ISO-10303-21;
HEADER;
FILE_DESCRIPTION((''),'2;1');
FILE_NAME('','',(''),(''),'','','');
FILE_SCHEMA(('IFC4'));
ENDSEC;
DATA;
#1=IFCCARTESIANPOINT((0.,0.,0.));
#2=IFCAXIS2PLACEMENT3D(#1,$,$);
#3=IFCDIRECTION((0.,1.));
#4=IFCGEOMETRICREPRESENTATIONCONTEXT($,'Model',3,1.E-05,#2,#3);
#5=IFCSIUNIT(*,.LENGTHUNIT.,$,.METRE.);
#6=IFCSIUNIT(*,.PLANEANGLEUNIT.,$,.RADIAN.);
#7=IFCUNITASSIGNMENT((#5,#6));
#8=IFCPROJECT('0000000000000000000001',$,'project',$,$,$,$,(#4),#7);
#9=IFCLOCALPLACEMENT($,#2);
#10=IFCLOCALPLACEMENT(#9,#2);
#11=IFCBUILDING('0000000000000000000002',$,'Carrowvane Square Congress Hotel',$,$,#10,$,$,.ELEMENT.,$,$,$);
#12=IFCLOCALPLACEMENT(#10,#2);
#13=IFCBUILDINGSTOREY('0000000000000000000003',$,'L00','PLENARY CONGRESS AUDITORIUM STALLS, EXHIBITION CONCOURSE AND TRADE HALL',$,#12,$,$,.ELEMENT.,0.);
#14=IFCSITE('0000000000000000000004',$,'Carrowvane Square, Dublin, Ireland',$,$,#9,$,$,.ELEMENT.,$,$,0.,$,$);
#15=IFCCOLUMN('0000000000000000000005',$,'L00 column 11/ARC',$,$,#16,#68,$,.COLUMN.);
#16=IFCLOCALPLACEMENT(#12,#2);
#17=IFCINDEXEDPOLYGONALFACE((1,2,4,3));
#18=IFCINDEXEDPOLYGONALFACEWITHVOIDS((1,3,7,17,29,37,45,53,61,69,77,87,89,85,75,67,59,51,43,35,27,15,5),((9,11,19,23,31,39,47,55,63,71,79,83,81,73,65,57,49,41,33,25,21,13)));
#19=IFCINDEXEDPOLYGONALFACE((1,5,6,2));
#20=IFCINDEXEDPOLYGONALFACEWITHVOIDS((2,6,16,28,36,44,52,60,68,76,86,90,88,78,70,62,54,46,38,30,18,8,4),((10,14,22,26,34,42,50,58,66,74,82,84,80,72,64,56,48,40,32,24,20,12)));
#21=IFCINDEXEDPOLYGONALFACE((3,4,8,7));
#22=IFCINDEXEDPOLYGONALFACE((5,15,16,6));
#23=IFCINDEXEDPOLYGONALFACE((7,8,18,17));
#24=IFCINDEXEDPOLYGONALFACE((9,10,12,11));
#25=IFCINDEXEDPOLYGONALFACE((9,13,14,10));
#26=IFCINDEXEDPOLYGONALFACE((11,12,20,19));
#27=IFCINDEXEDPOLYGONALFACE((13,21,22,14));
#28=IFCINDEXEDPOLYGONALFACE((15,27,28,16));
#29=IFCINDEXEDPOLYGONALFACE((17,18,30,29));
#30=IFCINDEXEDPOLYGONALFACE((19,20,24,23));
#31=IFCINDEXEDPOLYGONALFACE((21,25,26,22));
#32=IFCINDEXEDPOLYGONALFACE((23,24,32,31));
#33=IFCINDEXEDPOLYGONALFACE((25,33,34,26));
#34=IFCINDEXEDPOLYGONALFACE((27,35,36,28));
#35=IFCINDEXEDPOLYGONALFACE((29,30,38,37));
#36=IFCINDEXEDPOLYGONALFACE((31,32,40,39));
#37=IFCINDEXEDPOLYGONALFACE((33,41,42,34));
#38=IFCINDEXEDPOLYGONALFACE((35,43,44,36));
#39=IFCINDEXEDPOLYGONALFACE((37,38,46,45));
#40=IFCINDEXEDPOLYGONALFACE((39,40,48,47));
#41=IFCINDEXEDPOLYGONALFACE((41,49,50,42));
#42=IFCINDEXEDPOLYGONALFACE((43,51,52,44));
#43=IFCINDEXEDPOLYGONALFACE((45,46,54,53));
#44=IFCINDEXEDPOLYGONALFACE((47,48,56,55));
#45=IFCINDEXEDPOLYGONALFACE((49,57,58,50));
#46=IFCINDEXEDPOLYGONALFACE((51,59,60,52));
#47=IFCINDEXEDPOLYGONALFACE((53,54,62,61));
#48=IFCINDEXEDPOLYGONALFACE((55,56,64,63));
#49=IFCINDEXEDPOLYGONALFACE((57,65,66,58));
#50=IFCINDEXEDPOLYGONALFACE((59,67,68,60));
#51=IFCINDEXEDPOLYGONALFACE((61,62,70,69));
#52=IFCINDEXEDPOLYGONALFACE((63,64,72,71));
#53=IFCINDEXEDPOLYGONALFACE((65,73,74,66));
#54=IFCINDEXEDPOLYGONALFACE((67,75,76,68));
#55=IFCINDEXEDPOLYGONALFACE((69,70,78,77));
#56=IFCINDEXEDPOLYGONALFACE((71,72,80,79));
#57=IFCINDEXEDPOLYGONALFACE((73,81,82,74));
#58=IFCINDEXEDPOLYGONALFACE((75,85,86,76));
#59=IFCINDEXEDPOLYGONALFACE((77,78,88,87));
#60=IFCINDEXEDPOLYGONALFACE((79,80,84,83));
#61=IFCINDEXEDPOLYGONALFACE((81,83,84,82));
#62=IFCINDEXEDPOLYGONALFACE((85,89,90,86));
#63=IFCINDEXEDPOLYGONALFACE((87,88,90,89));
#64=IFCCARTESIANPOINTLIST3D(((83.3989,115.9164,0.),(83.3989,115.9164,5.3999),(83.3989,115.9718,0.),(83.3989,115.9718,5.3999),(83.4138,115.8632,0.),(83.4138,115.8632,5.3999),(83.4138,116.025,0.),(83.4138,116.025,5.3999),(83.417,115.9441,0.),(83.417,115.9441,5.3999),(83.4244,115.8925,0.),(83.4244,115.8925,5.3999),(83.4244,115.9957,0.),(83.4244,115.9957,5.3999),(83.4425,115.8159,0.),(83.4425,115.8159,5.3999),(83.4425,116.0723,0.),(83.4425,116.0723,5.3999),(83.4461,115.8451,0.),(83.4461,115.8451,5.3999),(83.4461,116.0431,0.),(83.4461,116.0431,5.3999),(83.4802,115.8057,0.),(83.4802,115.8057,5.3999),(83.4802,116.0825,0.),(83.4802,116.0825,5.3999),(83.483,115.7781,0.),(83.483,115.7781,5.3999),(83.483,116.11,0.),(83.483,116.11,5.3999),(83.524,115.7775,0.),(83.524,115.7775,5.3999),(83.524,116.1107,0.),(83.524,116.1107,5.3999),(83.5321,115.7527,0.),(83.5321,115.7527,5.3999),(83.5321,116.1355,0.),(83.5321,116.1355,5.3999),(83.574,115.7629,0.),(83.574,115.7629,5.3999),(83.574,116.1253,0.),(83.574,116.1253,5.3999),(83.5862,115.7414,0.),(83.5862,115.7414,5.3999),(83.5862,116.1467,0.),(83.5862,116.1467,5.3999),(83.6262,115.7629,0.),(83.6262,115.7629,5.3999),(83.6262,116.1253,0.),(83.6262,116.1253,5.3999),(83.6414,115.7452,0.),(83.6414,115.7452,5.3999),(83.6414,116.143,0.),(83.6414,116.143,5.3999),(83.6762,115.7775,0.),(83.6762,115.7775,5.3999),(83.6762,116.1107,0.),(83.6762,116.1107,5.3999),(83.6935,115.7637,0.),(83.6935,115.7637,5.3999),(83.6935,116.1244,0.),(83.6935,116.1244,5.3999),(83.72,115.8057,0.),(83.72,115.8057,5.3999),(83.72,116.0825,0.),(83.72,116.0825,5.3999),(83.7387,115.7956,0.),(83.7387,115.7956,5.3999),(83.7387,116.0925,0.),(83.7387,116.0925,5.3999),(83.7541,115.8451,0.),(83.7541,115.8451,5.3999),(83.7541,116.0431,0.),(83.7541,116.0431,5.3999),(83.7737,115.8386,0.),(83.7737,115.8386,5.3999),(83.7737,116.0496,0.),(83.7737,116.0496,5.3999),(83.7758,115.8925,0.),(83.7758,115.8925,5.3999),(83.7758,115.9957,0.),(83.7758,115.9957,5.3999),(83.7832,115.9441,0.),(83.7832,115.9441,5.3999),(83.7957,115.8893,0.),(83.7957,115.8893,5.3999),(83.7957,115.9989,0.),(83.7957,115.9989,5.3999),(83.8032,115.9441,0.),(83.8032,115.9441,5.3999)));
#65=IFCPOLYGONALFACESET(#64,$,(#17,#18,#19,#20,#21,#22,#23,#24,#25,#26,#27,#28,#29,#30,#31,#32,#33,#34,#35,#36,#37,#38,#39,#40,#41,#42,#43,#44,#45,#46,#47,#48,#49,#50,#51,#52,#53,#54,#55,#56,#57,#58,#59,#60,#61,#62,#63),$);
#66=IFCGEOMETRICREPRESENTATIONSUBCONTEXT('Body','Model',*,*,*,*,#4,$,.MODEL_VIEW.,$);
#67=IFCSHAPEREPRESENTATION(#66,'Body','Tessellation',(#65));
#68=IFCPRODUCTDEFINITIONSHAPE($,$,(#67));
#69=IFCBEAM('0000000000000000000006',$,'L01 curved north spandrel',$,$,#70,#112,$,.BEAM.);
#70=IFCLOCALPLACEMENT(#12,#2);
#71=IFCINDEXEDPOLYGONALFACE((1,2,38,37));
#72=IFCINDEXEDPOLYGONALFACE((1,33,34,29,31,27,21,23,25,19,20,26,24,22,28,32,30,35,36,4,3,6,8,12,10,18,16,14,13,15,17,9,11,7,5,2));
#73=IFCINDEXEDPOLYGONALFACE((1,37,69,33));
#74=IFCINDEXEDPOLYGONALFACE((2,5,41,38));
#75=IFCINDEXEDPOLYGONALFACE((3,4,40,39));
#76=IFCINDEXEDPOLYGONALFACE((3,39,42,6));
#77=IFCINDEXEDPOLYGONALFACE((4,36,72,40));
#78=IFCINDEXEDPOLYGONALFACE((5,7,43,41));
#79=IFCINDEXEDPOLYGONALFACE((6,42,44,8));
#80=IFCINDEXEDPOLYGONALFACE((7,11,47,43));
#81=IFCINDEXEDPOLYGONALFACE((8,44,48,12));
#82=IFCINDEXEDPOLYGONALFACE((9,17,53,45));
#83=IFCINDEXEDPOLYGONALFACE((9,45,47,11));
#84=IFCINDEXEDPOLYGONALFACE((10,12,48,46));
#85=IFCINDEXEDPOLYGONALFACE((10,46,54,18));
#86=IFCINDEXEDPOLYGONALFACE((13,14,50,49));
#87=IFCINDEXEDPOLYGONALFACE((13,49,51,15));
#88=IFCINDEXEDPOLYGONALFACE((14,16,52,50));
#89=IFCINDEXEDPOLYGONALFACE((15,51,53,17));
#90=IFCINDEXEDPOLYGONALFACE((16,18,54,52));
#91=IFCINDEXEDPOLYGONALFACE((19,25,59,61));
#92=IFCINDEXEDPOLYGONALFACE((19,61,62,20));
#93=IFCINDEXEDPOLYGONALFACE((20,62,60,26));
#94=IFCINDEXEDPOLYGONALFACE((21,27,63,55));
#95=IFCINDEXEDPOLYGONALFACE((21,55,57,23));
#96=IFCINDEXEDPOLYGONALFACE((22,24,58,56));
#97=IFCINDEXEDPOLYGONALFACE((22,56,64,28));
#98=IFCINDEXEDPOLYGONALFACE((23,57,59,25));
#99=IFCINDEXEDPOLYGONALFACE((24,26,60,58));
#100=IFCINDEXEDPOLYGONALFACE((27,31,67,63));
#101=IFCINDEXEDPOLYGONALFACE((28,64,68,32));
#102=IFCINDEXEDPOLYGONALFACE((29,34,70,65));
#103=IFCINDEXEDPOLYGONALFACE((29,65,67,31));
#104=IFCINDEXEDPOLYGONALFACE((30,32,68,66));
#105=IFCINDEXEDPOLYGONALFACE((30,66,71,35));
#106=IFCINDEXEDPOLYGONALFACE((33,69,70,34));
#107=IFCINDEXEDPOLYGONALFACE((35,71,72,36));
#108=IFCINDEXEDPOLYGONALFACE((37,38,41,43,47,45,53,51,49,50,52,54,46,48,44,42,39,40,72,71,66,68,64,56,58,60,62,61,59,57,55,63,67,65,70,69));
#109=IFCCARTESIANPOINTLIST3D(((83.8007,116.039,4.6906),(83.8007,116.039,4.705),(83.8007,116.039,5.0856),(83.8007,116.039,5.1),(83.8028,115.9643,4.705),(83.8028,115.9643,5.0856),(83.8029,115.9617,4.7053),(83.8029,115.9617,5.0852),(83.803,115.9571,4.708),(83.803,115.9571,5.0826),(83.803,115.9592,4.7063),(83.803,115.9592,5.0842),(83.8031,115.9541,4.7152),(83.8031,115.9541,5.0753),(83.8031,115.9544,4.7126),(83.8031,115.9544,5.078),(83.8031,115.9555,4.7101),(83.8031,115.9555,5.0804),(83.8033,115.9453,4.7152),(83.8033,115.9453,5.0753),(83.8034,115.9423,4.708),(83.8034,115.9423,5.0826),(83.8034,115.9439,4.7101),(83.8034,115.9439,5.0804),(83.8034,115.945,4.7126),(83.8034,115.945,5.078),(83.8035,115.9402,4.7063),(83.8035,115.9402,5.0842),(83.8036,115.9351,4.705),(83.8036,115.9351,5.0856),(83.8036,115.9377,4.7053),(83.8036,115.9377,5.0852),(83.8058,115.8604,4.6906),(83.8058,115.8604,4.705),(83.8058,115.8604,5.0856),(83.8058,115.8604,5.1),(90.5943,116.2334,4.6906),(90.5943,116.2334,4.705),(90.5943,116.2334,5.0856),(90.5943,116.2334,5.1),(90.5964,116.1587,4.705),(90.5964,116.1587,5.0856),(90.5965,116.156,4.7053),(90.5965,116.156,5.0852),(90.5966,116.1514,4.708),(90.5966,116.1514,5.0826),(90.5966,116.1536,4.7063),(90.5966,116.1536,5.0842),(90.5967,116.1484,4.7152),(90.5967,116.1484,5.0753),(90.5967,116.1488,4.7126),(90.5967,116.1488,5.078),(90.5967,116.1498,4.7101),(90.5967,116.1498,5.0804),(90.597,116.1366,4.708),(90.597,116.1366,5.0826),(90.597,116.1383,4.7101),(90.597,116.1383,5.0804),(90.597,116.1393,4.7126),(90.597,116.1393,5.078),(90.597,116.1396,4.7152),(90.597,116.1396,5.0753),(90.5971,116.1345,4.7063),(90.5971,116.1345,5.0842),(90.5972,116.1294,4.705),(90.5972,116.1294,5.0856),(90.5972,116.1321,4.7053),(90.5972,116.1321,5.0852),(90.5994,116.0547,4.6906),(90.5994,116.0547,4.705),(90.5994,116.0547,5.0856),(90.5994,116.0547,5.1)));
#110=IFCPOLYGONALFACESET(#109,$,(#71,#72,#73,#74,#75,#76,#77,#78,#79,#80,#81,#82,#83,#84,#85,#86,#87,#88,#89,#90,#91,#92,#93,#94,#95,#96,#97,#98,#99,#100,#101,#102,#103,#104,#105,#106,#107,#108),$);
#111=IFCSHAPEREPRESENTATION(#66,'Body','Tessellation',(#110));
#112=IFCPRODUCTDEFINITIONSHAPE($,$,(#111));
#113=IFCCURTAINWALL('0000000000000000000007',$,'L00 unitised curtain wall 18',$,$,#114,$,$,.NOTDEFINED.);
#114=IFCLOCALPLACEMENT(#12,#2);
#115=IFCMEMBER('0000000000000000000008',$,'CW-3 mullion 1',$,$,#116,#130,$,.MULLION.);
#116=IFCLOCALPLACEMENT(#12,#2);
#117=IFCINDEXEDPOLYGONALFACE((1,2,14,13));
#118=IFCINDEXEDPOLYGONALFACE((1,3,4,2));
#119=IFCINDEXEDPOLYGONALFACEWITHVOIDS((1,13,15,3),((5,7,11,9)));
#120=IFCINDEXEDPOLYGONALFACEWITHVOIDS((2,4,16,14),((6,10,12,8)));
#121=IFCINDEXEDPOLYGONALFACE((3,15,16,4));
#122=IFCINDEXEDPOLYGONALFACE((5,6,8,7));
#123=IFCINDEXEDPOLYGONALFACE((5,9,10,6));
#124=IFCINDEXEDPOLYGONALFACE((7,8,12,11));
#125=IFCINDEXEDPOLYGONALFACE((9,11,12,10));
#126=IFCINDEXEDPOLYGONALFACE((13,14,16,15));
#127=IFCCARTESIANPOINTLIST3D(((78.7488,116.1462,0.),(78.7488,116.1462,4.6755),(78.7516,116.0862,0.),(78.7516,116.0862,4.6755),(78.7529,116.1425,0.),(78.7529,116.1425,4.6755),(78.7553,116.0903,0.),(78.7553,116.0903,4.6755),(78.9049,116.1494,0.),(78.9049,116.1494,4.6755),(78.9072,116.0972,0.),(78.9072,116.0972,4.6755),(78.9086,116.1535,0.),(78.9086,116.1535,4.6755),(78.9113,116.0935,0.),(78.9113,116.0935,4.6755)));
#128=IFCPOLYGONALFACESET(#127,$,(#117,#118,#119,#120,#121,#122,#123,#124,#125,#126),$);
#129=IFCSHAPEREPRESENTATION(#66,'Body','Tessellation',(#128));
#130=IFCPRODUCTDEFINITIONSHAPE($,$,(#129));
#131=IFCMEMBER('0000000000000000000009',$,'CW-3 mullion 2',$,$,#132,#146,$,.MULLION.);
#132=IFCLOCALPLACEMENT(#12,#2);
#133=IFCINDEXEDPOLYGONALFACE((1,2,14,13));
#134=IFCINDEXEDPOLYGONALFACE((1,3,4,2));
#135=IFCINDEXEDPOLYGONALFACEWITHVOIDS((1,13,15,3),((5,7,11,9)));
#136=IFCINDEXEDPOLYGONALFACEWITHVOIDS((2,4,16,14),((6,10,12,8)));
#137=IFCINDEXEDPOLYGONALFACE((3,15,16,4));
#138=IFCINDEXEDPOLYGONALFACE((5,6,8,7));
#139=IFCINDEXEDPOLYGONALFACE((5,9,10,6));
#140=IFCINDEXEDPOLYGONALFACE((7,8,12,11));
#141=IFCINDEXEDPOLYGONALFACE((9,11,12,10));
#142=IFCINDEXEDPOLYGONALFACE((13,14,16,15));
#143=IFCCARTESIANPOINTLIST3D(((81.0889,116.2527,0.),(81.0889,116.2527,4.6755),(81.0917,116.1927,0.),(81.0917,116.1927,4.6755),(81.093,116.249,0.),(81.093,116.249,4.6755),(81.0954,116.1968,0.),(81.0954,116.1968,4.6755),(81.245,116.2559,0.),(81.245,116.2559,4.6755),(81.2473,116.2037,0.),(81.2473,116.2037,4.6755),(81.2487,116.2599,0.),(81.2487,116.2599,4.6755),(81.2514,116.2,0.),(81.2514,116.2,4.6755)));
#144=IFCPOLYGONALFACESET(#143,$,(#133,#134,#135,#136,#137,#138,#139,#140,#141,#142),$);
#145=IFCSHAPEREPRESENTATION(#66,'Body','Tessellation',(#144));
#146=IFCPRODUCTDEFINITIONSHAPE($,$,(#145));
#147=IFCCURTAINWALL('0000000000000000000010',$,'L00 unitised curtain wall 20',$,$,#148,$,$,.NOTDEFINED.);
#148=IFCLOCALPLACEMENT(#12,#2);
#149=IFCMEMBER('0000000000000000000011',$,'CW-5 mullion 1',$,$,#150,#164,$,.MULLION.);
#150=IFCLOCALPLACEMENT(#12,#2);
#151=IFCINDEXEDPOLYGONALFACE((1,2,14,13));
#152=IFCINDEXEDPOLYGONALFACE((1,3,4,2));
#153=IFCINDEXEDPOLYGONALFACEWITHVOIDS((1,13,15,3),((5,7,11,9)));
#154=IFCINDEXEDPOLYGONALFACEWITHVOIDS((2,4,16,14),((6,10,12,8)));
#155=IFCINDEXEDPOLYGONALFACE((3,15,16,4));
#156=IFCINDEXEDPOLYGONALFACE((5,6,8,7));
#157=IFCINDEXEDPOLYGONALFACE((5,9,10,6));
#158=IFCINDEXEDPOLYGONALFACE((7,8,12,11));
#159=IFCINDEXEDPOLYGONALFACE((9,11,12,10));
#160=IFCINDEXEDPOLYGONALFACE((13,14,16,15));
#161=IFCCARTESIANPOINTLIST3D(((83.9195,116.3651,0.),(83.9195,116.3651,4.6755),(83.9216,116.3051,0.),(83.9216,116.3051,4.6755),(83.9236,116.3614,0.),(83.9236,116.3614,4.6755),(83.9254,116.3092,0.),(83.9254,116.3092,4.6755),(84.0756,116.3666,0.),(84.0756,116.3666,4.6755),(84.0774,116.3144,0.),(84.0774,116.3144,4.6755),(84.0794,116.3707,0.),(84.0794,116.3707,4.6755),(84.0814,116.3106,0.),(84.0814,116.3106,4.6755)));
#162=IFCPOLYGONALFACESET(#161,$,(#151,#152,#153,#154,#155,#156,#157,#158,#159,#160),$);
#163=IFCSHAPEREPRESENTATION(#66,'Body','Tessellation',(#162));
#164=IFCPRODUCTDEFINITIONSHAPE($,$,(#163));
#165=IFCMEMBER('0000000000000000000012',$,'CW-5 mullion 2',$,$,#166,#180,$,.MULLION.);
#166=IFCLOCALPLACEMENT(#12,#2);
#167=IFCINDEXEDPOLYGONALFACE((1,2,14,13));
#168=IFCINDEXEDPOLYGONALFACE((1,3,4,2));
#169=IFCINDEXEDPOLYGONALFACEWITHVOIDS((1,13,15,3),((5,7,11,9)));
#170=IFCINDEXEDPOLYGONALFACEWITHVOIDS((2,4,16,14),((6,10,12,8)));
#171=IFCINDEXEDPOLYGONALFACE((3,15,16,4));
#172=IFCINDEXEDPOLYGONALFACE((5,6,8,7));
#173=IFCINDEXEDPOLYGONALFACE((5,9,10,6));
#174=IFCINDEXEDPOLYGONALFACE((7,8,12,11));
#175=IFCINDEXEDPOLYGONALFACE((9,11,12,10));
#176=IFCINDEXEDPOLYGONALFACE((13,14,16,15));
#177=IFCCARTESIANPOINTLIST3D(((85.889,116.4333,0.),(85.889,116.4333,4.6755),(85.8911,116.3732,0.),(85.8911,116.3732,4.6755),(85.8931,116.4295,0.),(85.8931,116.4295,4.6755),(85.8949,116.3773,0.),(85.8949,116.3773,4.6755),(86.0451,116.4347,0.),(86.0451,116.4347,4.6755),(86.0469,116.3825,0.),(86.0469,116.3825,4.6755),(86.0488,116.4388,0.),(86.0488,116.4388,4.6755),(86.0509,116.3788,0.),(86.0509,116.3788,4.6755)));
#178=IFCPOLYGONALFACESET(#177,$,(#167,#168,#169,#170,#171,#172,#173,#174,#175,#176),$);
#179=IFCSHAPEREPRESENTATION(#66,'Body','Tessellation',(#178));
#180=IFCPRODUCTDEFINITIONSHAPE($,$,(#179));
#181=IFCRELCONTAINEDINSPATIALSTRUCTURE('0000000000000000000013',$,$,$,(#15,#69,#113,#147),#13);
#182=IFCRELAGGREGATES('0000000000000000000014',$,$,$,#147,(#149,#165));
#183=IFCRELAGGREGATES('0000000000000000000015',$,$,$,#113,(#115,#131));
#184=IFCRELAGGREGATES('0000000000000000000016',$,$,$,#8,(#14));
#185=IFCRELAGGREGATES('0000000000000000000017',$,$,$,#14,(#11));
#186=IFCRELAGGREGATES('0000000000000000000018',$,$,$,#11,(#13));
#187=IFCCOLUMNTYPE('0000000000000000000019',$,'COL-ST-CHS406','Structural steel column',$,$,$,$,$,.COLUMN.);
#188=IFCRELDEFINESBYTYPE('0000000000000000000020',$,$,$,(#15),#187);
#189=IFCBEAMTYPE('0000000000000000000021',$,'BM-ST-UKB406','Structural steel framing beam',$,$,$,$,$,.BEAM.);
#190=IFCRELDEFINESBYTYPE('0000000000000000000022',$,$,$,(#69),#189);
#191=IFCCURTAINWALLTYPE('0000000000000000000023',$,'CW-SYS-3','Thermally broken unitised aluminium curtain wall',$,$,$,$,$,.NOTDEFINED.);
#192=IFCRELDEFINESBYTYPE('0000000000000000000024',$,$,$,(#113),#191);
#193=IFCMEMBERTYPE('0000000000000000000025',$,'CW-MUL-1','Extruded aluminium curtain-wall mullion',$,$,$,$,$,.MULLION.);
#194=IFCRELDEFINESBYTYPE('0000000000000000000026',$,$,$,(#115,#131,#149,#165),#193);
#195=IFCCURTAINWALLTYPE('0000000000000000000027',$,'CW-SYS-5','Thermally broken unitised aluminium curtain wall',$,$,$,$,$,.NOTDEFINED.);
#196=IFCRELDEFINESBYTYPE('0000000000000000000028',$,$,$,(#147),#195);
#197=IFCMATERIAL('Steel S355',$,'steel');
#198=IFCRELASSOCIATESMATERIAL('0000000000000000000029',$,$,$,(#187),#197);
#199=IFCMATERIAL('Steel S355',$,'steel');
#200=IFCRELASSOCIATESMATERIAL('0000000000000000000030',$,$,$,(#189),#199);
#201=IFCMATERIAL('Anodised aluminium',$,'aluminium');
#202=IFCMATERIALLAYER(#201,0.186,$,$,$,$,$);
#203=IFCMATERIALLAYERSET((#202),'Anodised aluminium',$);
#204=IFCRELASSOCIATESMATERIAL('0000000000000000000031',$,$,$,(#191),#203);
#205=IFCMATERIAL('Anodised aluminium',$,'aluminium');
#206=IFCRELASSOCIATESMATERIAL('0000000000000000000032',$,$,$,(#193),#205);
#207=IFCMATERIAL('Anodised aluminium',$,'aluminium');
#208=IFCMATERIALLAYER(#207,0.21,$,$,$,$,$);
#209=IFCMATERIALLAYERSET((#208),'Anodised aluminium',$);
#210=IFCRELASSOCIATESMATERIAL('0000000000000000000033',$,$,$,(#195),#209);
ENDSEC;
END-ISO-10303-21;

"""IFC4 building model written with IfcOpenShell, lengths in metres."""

from ifc_helpers import new_model, si_unit, direction, frame, origin, origin_2d, place, context, subcontext, project, spatial, hollow_rectangle, hollow_circle, i_section, extrude, material, layer, layer_set, material_profile, profile_set, type_object, element, aggregate, save


model = new_model("IFC4")

# Units and contexts
model_context = context("Model", 3, precision=1e-05, world=origin(), true_north=direction((0.0, 1.0)))
body_context = subcontext(model_context, "Body", "Model", "MODEL_VIEW")
ifc_project = project(units=[si_unit("LENGTHUNIT", "METRE"), si_unit("PLANEANGLEUNIT", "RADIAN")], contexts=[model_context])

# Site, building, storey
site_placement = place(None, origin())
site = spatial("IfcSite", under=ifc_project, at=site_placement, Name="Carrowvane Square, Dublin, Ireland", CompositionType="ELEMENT", RefElevation=0.0)
building_placement = place(site_placement, origin())
building = spatial("IfcBuilding", under=site, at=building_placement, Name="Carrowvane Square Congress Hotel", CompositionType="ELEMENT")
storey_placement = place(building_placement, origin())
storey = spatial("IfcBuildingStorey", under=building, at=storey_placement, Name="L00", Description="PLENARY CONGRESS AUDITORIUM STALLS, EXHIBITION CONCOURSE AND TRADE HALL", CompositionType="ELEMENT", Elevation=0.0)

# Column
ifc_material_1 = material(Name="Steel S355", Category="steel")
ifc_material_profile_1 = material_profile(ifc_material_1, hollow_circle(Radius=0.2031, WallThickness=0.02, at=origin_2d()), Name="CHS 406.4x20")
ifc_profile_set_1 = profile_set([ifc_material_profile_1], Name="Steel S355")
column_type = type_object("IfcColumnType", Name="COL-ST-CHS406", Description="Structural steel column", PredefinedType="COLUMN", material=ifc_profile_set_1)
column_placement = place(storey_placement, frame((83.6001, 115.9441, 0.0), z_axis=(0.0, 0.0, 1.0), x_axis=(1.0, 0.0, 0.0)))
element("IfcColumn", 1, at=column_placement, inside=storey, type_object=column_type, Name="L00 column 11/ARC", PredefinedType="COLUMN", context=body_context, shape_type="SweptSolid", body=[
    extrude(hollow_circle(Radius=0.2031, WallThickness=0.02, at=origin_2d()), origin(), (0.0, 0.0, 1.0), 5.3999),
])

# Beam
ifc_material_2 = material(Name="Steel S355", Category="steel")
ifc_material_profile_2 = material_profile(ifc_material_2, i_section(OverallWidth=0.1787, OverallDepth=0.4094, WebThickness=0.0088, FlangeThickness=0.0144, FilletRadius=0.0103, at=origin_2d()), Name="UKB 406x178x67")
ifc_profile_set_2 = profile_set([ifc_material_profile_2], Name="Steel S355")
beam_type = type_object("IfcBeamType", Name="BM-ST-UKB406", Description="Structural steel framing beam", PredefinedType="BEAM", material=ifc_profile_set_2)
beam_placement = place(storey_placement, frame((83.8032, 115.9497, 4.8953), z_axis=(0.999591, 0.028594, 0.0), x_axis=(-0.028594, 0.999591, 0.0)))
element("IfcBeam", 2, at=beam_placement, inside=storey, type_object=beam_type, Name="L01 curved north spandrel", PredefinedType="BEAM", context=body_context, shape_type="SweptSolid", body=[
    extrude(i_section(OverallWidth=0.1787, OverallDepth=0.4094, WebThickness=0.0088, FlangeThickness=0.0144, FilletRadius=0.0103, at=origin_2d()), origin(), (0.0, 0.0, 1.0), 6.7964),
])

# Curtain walls, members
ifc_material_3 = material(Name="Anodised aluminium", Category="aluminium")
ifc_layer_1 = layer(ifc_material_3, 0.186)
ifc_layer_set_1 = layer_set([ifc_layer_1], Name="Anodised aluminium")
curtain_wall_type_1 = type_object("IfcCurtainWallType", Name="CW-SYS-3", Description="Thermally broken unitised aluminium curtain wall", PredefinedType="NOTDEFINED", material=ifc_layer_set_1)
curtain_wall_1_placement = place(storey_placement, origin())
curtain_wall_1 = element("IfcCurtainWall", 3, at=curtain_wall_1_placement, inside=storey, type_object=curtain_wall_type_1, Name="L00 unitised curtain wall 18", PredefinedType="NOTDEFINED")
ifc_material_4 = material(Name="Anodised aluminium", Category="aluminium")
ifc_material_profile_3 = material_profile(ifc_material_4, hollow_rectangle(XDim=0.0601, YDim=0.1599, WallThickness=0.0039, at=origin_2d()), Name="CW-ML 60x160x4")
ifc_profile_set_3 = profile_set([ifc_material_profile_3], Name="Anodised aluminium")
member_type_1 = type_object("IfcMemberType", Name="CW-MUL-1", Description="Extruded aluminium curtain-wall mullion", PredefinedType="MULLION", material=ifc_profile_set_3)
member_1_placement = place(storey_placement, frame((78.8301, 116.1199, 0.0), z_axis=(0.0, 0.0, 1.0), x_axis=(-0.045411, 0.998968, 0.0)))
member_1 = element("IfcMember", 4, at=member_1_placement, type_object=member_type_1, Name="CW-3 mullion 1", PredefinedType="MULLION", context=body_context, shape_type="SweptSolid", body=[
    extrude(hollow_rectangle(XDim=0.0601, YDim=0.1599, WallThickness=0.0039, at=origin_2d()), origin(), (0.0, 0.0, 1.0), 4.6755),
])
member_2_placement = place(storey_placement, frame((81.1702, 116.2263, 0.0), z_axis=(0.0, 0.0, 1.0), x_axis=(-0.045411, 0.998968, 0.0)))
member_2 = element("IfcMember", 5, at=member_2_placement, type_object=member_type_1, Name="CW-3 mullion 2", PredefinedType="MULLION", context=body_context, shape_type="SweptSolid", body=[
    extrude(hollow_rectangle(XDim=0.0601, YDim=0.1599, WallThickness=0.0039, at=origin_2d()), origin(), (0.0, 0.0, 1.0), 4.6755),
])
ifc_material_5 = material(Name="Anodised aluminium", Category="aluminium")
ifc_layer_2 = layer(ifc_material_5, 0.21)
ifc_layer_set_2 = layer_set([ifc_layer_2], Name="Anodised aluminium")
curtain_wall_type_2 = type_object("IfcCurtainWallType", Name="CW-SYS-5", Description="Thermally broken unitised aluminium curtain wall", PredefinedType="NOTDEFINED", material=ifc_layer_set_2)
curtain_wall_2_placement = place(storey_placement, origin())
curtain_wall_2 = element("IfcCurtainWall", 6, at=curtain_wall_2_placement, inside=storey, type_object=curtain_wall_type_2, Name="L00 unitised curtain wall 20", PredefinedType="NOTDEFINED")
member_3_placement = place(storey_placement, frame((84.0005, 116.3379, 0.0), z_axis=(0.0, 0.0, 1.0), x_axis=(-0.034527, 0.999404, 0.0)))
member_3 = element("IfcMember", 7, at=member_3_placement, type_object=member_type_1, Name="CW-5 mullion 1", PredefinedType="MULLION", context=body_context, shape_type="SweptSolid", body=[
    extrude(hollow_rectangle(XDim=0.0601, YDim=0.1599, WallThickness=0.0039, at=origin_2d()), origin(), (0.0, 0.0, 1.0), 4.6755),
])
member_4_placement = place(storey_placement, frame((85.97, 116.406, 0.0), z_axis=(0.0, 0.0, 1.0), x_axis=(-0.034527, 0.999404, 0.0)))
member_4 = element("IfcMember", 8, at=member_4_placement, type_object=member_type_1, Name="CW-5 mullion 2", PredefinedType="MULLION", context=body_context, shape_type="SweptSolid", body=[
    extrude(hollow_rectangle(XDim=0.0601, YDim=0.1599, WallThickness=0.0039, at=origin_2d()), origin(), (0.0, 0.0, 1.0), 4.6755),
])

aggregate(curtain_wall_2, [member_3, member_4])
aggregate(curtain_wall_1, [member_1, member_2])

save(model, "model.ifc")
